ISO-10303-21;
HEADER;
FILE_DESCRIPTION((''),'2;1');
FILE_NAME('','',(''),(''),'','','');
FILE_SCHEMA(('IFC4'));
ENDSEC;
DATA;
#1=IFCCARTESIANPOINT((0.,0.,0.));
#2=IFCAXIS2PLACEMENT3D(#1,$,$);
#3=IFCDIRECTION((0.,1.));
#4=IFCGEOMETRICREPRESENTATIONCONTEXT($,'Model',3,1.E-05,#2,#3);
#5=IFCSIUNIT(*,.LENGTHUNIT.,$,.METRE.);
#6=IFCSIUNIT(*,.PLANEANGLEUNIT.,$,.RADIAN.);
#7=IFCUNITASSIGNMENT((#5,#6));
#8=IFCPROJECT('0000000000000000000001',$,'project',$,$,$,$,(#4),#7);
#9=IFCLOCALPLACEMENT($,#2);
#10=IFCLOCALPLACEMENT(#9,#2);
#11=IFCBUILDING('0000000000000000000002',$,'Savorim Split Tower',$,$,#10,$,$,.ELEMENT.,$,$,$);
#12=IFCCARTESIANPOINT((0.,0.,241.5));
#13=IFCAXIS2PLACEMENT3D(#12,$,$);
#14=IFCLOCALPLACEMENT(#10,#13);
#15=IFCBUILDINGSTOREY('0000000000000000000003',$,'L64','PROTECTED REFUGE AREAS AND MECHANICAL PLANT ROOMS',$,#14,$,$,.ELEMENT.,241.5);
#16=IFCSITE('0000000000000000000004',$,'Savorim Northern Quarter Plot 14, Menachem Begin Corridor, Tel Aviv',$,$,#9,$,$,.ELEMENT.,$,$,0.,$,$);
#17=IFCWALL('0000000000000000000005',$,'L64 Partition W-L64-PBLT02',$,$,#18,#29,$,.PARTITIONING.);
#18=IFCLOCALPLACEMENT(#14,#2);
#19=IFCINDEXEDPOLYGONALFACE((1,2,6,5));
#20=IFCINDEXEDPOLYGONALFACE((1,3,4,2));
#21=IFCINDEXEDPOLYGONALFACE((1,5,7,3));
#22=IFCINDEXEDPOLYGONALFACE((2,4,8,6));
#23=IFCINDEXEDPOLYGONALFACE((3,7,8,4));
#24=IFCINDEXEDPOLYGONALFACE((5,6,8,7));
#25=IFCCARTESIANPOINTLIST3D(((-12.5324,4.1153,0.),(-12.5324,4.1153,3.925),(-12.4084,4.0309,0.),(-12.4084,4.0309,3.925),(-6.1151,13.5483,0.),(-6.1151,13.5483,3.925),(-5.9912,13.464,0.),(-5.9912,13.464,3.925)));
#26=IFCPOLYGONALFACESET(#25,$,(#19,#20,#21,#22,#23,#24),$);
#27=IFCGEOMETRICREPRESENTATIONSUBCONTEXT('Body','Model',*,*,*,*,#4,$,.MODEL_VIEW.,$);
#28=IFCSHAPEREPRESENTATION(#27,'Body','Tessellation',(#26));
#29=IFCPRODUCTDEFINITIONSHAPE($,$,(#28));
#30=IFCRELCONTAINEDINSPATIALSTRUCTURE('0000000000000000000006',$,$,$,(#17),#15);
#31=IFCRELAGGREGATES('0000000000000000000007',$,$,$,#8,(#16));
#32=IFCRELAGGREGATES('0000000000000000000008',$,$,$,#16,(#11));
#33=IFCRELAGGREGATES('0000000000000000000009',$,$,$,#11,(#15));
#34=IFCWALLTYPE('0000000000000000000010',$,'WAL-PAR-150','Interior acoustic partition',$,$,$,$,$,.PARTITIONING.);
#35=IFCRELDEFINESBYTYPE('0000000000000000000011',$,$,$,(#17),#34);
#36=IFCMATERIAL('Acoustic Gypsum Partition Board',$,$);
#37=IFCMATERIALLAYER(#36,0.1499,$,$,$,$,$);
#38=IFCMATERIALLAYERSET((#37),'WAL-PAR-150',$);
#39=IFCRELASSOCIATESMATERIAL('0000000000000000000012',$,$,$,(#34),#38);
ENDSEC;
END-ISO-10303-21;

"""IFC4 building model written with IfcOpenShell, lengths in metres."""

from ifc_helpers import new_model, si_unit, direction, frame, frame_2d, origin, place, context, subcontext, project, spatial, rectangle, extrude, material, layer, layer_set, type_object, element, save


model = new_model("IFC4")

# Units and contexts
model_context = context("Model", 3, precision=1e-05, world=origin(), true_north=direction((0.0, 1.0)))
body_context = subcontext(model_context, "Body", "Model", "MODEL_VIEW")
ifc_project = project(units=[si_unit("LENGTHUNIT", "METRE"), si_unit("PLANEANGLEUNIT", "RADIAN")], contexts=[model_context])

# Site, building, storey
site_placement = place(None, origin())
site = spatial("IfcSite", under=ifc_project, at=site_placement, Name="Savorim Northern Quarter Plot 14, Menachem Begin Corridor, Tel Aviv", CompositionType="ELEMENT", RefElevation=0.0)
building_placement = place(site_placement, origin())
building = spatial("IfcBuilding", under=site, at=building_placement, Name="Savorim Split Tower", CompositionType="ELEMENT")
storey_placement = place(building_placement, frame((0.0, 0.0, 241.5)))
storey = spatial("IfcBuildingStorey", under=building, at=storey_placement, Name="L64", Description="PROTECTED REFUGE AREAS AND MECHANICAL PLANT ROOMS", CompositionType="ELEMENT", Elevation=241.5)

# Wall
ifc_material_1 = material(Name="Acoustic Gypsum Partition Board")
ifc_layer_1 = layer(ifc_material_1, 0.1499)
ifc_layer_set_1 = layer_set([ifc_layer_1], Name="WAL-PAR-150")
wall_type = type_object("IfcWallType", Name="WAL-PAR-150", Description="Interior acoustic partition", PredefinedType="PARTITIONING", material=ifc_layer_set_1)
wall_1_placement = place(storey_placement, frame((-12.4705, 4.073, 0.0), z_axis=(0.0, 0.0, 1.0), x_axis=(0.562473, 0.826815, 0.0)))
element("IfcWall", 1, at=wall_1_placement, inside=storey, type_object=wall_type, Name="L64 Partition W-L64-PBLT02", PredefinedType="PARTITIONING", context=body_context, shape_type="SweptSolid", body=[
    extrude(rectangle(XDim=11.4089, YDim=0.1499, at=frame_2d((5.7046, 0.0))), origin(), (0.0, 0.0, 1.0), 3.925),
])

save(model, "model.ifc")
